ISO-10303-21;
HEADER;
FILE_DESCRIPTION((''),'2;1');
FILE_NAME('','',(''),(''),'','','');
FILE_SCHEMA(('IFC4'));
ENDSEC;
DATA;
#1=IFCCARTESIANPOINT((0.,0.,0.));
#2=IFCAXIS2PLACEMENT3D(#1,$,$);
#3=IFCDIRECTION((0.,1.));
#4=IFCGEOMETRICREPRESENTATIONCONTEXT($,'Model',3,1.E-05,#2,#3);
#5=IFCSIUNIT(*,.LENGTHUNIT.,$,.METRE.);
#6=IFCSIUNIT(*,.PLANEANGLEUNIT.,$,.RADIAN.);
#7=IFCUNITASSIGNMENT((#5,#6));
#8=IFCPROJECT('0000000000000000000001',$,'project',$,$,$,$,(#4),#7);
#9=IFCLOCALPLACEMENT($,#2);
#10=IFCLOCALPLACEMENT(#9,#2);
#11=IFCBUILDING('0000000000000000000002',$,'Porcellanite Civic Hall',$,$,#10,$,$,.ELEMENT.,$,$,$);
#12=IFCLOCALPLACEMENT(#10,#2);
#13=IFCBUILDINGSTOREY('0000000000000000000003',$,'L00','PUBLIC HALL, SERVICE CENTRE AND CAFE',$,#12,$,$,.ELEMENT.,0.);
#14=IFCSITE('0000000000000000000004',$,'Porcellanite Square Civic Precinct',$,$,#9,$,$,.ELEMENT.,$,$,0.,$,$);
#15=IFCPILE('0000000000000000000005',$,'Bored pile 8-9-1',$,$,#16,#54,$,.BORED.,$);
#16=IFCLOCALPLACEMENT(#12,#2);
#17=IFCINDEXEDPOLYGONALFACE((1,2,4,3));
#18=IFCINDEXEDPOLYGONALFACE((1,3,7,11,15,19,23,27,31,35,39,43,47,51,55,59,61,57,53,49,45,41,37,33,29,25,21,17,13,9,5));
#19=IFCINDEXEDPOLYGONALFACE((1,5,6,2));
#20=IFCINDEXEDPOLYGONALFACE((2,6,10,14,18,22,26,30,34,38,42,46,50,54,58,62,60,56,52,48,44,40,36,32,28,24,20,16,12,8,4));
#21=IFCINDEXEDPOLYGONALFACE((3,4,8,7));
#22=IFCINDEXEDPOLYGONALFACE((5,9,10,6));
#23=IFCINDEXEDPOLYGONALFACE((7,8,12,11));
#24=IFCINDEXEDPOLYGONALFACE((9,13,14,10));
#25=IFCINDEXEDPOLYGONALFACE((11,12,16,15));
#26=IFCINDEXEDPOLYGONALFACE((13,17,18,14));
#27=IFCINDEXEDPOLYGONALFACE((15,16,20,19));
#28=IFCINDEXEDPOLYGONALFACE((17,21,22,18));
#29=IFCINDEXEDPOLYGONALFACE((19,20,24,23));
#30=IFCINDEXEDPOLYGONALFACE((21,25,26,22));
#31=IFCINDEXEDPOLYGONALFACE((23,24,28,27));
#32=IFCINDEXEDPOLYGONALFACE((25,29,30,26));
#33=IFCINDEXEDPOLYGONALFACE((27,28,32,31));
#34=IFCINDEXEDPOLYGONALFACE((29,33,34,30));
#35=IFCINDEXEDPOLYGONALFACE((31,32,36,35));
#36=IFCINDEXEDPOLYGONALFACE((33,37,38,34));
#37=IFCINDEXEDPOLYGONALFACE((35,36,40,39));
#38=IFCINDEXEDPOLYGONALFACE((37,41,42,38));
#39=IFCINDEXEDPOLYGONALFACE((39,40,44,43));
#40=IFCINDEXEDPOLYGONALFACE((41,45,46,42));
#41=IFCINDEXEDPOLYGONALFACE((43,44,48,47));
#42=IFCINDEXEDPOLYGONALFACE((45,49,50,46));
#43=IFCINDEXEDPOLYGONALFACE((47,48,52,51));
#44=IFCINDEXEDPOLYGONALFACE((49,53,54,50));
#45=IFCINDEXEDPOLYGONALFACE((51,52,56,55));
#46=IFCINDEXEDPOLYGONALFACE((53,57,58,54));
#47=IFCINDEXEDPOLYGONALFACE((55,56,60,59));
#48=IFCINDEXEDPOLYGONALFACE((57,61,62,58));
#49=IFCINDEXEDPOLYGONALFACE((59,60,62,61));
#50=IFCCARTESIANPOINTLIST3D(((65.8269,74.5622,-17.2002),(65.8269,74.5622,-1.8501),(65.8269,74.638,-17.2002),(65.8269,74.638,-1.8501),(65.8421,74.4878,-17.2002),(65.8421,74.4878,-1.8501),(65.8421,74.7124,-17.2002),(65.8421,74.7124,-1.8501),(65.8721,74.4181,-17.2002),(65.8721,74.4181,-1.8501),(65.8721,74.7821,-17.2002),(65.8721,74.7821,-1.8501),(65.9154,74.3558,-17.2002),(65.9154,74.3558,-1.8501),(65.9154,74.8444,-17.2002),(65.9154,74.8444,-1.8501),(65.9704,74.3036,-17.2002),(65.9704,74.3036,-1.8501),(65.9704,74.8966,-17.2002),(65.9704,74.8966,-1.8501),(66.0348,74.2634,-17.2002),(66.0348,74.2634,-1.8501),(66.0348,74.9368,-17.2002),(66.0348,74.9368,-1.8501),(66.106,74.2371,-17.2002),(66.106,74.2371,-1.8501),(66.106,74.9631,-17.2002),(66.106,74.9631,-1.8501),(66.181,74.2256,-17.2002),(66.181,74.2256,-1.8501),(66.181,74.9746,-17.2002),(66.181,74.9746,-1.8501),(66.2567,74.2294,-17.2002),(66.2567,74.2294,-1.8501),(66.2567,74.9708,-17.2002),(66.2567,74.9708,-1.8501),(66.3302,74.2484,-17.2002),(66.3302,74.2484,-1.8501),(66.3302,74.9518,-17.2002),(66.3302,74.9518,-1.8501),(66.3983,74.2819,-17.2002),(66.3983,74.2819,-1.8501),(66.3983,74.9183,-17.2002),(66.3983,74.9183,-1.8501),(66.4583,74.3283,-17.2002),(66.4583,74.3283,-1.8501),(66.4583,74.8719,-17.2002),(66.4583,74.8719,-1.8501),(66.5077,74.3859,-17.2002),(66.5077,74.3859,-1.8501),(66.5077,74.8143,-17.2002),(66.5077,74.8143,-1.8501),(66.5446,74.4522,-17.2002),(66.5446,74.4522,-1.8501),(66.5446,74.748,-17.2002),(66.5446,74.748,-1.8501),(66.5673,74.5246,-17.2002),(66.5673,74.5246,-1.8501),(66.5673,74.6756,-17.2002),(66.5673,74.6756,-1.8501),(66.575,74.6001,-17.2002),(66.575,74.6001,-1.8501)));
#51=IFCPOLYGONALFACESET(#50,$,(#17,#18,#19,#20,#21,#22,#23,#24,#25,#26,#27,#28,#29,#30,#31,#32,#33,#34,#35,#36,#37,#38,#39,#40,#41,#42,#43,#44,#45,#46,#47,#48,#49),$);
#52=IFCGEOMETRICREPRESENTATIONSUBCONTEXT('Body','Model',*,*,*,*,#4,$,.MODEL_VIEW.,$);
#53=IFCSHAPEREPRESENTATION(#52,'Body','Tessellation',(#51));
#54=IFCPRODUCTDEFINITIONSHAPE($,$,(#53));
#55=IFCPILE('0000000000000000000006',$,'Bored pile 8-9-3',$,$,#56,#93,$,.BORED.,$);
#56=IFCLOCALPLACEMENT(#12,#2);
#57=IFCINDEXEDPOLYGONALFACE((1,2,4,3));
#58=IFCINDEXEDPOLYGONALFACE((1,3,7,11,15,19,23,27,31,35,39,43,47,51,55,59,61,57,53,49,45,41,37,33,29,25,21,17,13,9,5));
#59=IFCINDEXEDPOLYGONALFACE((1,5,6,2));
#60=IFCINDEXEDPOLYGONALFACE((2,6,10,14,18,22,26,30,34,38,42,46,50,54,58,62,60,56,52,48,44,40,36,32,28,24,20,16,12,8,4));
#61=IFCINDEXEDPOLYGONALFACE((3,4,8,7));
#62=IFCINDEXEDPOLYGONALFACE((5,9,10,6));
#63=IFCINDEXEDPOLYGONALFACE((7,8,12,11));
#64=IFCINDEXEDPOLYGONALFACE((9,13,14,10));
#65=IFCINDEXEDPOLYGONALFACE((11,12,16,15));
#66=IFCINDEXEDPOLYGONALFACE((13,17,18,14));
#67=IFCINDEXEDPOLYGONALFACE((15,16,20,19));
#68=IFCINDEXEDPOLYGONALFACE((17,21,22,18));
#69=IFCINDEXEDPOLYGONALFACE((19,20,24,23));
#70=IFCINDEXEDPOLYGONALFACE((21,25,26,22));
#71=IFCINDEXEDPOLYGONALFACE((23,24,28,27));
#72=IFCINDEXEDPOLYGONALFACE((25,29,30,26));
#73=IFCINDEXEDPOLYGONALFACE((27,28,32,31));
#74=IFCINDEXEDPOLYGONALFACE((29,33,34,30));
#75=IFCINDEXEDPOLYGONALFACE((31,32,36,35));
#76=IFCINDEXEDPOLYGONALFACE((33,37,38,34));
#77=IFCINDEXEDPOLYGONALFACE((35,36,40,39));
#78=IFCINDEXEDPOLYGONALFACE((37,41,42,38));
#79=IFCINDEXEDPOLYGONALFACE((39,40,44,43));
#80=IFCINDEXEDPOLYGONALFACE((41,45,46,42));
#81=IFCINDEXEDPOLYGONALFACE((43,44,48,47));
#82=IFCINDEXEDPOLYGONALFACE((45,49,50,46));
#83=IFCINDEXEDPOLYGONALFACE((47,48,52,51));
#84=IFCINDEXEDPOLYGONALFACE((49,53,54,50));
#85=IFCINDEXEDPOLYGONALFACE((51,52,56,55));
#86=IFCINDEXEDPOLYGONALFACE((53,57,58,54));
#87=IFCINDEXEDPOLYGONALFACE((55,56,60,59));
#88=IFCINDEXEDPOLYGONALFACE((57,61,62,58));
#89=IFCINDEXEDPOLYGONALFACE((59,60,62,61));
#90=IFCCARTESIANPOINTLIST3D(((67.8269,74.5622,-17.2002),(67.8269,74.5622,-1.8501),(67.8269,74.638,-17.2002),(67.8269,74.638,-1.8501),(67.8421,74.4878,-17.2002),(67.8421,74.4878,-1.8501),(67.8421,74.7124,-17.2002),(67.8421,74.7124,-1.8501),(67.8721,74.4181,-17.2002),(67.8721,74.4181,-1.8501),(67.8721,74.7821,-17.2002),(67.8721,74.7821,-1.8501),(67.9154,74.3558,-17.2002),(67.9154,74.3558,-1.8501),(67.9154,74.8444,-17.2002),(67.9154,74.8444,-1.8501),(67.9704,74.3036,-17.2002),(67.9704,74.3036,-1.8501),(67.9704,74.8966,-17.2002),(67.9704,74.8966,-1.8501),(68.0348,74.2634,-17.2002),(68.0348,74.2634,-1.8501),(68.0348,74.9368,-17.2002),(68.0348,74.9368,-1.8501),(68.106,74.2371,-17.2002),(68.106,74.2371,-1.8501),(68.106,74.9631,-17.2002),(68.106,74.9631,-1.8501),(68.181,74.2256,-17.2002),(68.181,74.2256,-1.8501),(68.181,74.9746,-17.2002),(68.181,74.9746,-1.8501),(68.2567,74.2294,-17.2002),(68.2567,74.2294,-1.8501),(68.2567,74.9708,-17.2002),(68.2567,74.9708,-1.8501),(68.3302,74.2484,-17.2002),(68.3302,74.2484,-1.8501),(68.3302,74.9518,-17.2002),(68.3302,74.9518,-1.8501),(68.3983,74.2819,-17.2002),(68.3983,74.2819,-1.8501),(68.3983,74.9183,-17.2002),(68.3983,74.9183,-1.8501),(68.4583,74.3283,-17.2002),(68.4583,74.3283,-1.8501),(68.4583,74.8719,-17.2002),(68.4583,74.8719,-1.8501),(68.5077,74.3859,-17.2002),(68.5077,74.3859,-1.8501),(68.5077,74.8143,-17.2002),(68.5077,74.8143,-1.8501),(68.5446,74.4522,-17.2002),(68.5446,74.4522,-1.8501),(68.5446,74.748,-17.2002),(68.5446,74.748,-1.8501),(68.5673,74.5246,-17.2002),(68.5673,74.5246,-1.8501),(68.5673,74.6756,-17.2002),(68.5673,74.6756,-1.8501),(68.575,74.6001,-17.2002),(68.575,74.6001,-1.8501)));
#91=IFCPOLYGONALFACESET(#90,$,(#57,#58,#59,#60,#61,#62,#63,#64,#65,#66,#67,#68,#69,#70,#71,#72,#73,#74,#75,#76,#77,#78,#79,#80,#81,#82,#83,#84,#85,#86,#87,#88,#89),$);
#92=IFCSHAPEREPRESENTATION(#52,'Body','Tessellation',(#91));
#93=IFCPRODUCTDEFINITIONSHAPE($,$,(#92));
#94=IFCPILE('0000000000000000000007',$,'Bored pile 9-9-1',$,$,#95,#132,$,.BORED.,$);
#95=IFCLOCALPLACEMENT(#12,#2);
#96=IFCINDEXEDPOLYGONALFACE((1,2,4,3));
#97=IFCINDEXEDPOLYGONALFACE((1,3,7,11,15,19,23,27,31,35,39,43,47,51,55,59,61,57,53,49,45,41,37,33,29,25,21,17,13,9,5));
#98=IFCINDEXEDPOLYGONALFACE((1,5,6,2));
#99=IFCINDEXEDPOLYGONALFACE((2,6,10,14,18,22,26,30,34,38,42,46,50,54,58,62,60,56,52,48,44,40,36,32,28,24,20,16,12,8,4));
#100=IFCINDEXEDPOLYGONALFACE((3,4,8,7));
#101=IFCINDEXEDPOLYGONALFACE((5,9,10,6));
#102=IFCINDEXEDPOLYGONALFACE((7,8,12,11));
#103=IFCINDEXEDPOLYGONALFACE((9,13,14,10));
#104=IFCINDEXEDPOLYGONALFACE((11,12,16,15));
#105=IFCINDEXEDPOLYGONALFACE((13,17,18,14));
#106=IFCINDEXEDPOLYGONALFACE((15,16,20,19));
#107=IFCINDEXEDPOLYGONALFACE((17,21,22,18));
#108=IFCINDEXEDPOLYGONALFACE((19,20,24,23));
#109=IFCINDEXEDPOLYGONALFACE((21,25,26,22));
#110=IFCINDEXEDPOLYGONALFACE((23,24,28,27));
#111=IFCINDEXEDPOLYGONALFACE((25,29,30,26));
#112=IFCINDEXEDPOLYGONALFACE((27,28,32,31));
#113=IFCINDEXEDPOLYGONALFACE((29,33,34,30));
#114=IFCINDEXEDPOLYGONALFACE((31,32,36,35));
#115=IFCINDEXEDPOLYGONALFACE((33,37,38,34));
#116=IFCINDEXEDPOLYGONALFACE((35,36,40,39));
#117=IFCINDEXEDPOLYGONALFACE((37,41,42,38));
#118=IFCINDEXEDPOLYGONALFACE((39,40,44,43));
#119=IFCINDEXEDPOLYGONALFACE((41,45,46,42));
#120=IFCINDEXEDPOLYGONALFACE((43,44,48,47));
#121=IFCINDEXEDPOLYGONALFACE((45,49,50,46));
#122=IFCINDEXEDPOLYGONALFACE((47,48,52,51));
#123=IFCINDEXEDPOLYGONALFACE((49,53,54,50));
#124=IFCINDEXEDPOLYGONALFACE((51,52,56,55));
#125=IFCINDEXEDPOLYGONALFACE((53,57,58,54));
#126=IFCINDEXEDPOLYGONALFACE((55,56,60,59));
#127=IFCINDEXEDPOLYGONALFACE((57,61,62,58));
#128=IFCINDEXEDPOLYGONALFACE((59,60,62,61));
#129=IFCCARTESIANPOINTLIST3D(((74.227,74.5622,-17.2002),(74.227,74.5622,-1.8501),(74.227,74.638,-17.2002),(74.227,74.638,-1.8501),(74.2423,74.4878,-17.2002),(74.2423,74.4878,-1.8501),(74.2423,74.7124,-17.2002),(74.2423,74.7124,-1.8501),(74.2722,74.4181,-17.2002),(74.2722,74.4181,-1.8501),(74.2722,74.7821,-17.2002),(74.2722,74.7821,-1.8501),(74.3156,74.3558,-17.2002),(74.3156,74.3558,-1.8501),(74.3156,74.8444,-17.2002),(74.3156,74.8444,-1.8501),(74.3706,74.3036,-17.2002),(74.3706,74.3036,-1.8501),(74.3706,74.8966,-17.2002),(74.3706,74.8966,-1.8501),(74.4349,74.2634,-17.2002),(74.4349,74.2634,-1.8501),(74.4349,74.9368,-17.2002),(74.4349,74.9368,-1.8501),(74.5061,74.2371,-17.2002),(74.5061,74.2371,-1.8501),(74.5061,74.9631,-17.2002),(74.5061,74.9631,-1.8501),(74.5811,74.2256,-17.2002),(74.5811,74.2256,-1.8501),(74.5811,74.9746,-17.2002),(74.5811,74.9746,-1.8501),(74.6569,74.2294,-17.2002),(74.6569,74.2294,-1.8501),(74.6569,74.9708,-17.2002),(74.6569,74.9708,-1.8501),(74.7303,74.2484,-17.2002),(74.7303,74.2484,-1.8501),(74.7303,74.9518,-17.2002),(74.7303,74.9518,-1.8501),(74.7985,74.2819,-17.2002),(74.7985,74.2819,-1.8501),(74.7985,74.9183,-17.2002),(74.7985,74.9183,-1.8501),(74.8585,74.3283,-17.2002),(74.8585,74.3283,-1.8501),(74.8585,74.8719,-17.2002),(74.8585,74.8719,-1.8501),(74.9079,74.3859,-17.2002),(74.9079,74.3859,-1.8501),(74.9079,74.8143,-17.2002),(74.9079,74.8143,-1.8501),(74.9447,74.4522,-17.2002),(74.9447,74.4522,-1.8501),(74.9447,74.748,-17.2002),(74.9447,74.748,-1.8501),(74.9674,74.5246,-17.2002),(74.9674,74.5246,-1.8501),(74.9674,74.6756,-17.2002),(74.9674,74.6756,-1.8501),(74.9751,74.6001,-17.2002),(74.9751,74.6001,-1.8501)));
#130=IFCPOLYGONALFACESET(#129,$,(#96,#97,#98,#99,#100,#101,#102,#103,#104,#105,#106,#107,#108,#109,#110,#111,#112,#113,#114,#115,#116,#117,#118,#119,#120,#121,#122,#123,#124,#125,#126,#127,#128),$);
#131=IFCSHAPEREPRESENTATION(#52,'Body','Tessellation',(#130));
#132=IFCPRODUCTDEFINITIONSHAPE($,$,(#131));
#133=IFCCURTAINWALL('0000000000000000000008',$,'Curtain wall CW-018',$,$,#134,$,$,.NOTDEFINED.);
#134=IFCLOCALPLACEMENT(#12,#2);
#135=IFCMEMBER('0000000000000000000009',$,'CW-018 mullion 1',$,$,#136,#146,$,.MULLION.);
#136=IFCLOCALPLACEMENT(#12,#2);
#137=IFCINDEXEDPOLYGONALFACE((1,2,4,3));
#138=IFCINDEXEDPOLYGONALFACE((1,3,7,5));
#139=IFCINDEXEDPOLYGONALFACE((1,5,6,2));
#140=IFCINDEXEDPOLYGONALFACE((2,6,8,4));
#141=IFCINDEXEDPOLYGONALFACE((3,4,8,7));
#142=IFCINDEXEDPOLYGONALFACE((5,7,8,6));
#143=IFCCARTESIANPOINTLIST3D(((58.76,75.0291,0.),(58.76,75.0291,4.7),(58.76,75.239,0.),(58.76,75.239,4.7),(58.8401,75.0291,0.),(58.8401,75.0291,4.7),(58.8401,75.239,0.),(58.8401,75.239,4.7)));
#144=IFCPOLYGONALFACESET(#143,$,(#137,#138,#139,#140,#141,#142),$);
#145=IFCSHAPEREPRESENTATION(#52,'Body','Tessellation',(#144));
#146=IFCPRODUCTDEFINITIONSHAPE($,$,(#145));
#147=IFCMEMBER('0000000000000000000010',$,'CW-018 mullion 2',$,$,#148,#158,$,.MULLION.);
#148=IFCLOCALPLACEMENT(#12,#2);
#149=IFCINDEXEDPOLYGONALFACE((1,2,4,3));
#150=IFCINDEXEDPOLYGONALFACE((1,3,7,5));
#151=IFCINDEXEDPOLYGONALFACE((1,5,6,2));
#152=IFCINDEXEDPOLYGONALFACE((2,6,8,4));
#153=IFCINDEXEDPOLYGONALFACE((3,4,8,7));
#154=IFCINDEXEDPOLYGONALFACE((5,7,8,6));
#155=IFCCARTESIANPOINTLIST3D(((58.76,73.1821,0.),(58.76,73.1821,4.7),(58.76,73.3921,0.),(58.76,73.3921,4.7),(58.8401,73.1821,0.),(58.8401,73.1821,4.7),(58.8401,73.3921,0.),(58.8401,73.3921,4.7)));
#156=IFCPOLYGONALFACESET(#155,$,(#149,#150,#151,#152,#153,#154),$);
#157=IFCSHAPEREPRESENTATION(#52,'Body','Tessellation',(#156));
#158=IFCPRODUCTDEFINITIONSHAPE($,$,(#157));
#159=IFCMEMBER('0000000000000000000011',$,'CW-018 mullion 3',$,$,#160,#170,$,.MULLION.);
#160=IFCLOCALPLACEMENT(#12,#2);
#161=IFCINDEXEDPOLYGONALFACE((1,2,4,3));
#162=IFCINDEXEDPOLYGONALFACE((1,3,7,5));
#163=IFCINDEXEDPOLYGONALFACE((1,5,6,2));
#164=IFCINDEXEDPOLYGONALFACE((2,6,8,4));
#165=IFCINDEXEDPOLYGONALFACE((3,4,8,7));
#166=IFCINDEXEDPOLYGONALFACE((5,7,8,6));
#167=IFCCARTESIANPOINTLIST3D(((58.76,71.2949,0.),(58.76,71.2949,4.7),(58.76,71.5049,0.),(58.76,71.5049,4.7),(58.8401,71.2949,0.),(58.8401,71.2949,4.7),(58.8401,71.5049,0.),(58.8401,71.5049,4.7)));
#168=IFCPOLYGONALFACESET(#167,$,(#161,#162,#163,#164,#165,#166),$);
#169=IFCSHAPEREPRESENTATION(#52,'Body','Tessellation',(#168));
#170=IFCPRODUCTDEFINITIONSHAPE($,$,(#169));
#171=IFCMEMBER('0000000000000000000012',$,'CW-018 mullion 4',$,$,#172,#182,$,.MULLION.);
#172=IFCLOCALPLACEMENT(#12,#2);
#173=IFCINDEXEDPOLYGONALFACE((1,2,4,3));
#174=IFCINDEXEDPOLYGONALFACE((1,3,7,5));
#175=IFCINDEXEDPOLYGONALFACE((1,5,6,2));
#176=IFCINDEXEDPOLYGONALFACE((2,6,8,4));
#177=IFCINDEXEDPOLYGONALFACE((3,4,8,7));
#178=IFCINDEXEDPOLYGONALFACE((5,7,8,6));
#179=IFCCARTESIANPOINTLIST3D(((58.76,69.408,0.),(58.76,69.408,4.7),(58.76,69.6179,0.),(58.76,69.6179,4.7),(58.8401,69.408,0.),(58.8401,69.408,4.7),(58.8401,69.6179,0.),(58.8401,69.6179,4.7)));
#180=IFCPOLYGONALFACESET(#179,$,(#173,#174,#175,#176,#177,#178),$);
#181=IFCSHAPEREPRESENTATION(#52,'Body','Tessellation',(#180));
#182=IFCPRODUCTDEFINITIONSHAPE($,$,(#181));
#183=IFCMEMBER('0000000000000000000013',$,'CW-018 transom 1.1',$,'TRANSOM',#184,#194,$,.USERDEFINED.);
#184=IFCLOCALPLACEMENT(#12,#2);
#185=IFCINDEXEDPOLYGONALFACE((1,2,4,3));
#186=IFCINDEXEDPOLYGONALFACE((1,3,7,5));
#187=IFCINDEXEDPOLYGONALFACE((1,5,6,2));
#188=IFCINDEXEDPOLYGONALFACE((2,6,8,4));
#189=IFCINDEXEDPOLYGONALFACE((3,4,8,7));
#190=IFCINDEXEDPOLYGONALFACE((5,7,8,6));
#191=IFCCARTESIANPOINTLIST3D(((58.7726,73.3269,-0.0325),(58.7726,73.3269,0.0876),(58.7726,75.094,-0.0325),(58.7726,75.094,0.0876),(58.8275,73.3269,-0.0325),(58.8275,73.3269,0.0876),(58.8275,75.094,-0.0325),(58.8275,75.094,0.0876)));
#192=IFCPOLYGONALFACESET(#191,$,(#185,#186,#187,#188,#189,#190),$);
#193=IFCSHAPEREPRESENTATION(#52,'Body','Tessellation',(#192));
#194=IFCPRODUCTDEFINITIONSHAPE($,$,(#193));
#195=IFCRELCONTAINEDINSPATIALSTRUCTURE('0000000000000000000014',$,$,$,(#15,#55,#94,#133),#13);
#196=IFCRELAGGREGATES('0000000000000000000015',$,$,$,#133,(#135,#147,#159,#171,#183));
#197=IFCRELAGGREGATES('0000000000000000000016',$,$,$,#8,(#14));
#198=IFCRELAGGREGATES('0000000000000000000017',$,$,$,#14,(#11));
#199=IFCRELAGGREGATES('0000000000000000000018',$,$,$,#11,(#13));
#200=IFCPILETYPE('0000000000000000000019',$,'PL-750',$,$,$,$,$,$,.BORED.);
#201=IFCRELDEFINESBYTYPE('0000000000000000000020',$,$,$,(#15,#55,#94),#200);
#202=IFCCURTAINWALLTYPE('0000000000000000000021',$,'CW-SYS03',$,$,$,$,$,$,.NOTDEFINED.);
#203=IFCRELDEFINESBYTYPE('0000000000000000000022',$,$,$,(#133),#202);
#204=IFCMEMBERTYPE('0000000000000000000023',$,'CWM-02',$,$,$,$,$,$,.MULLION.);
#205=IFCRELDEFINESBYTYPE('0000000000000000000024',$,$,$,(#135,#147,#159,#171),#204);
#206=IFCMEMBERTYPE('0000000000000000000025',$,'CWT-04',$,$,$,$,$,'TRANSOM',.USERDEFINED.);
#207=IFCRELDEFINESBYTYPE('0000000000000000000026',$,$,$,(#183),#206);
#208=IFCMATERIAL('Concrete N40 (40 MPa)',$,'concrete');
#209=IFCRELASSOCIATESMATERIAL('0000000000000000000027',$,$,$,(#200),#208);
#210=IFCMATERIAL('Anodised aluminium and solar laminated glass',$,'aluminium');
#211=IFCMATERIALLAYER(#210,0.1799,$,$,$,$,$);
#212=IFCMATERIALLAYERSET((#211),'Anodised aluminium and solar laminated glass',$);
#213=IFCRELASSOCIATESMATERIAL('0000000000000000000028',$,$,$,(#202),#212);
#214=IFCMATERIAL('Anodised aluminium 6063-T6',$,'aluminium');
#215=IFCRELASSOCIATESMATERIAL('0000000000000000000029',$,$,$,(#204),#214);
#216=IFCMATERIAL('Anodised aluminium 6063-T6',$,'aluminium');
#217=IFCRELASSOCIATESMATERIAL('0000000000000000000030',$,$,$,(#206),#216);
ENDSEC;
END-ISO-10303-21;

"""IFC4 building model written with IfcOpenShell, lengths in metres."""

from ifc_helpers import new_model, si_unit, direction, frame, origin, origin_2d, place, context, subcontext, project, spatial, rectangle, circle, extrude, material, layer, layer_set, material_profile, profile_set, type_object, element, aggregate, save


model = new_model("IFC4")

# Units and contexts
model_context = context("Model", 3, precision=1e-05, world=origin(), true_north=direction((0.0, 1.0)))
body_context = subcontext(model_context, "Body", "Model", "MODEL_VIEW")
ifc_project = project(units=[si_unit("LENGTHUNIT", "METRE"), si_unit("PLANEANGLEUNIT", "RADIAN")], contexts=[model_context])

# Site, building, storey
site_placement = place(None, origin())
site = spatial("IfcSite", under=ifc_project, at=site_placement, Name="Porcellanite Square Civic Precinct", CompositionType="ELEMENT", RefElevation=0.0)
building_placement = place(site_placement, origin())
building = spatial("IfcBuilding", under=site, at=building_placement, Name="Porcellanite Civic Hall", CompositionType="ELEMENT")
storey_placement = place(building_placement, origin())
storey = spatial("IfcBuildingStorey", under=building, at=storey_placement, Name="L00", Description="PUBLIC HALL, SERVICE CENTRE AND CAFE", CompositionType="ELEMENT", Elevation=0.0)

# Piles
ifc_material_1 = material(Name="Concrete N40 (40 MPa)", Category="concrete")
ifc_material_profile_1 = material_profile(ifc_material_1, circle(Radius=0.375, at=origin_2d()), Name="PILE-D750")
ifc_profile_set_1 = profile_set([ifc_material_profile_1], Name="Concrete N40 (40 MPa)")
pile_type = type_object("IfcPileType", Name="PL-750", PredefinedType="BORED", material=ifc_profile_set_1)
for number, where, z_axis, x_axis, name in (
    (1, (66.2, 74.6001, -1.8501), (0.0, 0.0, -1.0), (1.0, 0.0, 0.0), "Bored pile 8-9-1"),
    (2, (68.2, 74.6001, -1.8501), (0.0, 0.0, -1.0), (1.0, 0.0, 0.0), "Bored pile 8-9-3"),
    (3, (74.6001, 74.6001, -1.8501), (0.0, 0.0, -1.0), (1.0, 0.0, 0.0), "Bored pile 9-9-1"),
):
    element("IfcPile", number, at=place(storey_placement, frame(where, z_axis=z_axis, x_axis=x_axis)), inside=storey, type_object=pile_type, Name=name, PredefinedType="BORED", context=body_context, shape_type="SweptSolid", body=[
        extrude(circle(Radius=0.375, at=origin_2d()), origin(), (0.0, 0.0, 1.0), 15.3501),
    ])

# Curtain wall, members
ifc_material_2 = material(Name="Anodised aluminium and solar laminated glass", Category="aluminium")
ifc_layer_1 = layer(ifc_material_2, 0.1799)
ifc_layer_set_1 = layer_set([ifc_layer_1], Name="Anodised aluminium and solar laminated glass")
curtain_wall_type = type_object("IfcCurtainWallType", Name="CW-SYS03", PredefinedType="NOTDEFINED", material=ifc_layer_set_1)
curtain_wall_placement = place(storey_placement, origin())
curtain_wall = element("IfcCurtainWall", 4, at=curtain_wall_placement, inside=storey, type_object=curtain_wall_type, Name="Curtain wall CW-018", PredefinedType="NOTDEFINED")
ifc_material_3 = material(Name="Anodised aluminium 6063-T6", Category="aluminium")
ifc_material_profile_2 = material_profile(ifc_material_3, rectangle(XDim=0.0801, YDim=0.21, at=origin_2d()), Name="AL-80x210")
ifc_profile_set_2 = profile_set([ifc_material_profile_2], Name="Anodised aluminium 6063-T6")
member_type_1 = type_object("IfcMemberType", Name="CWM-02", PredefinedType="MULLION", material=ifc_profile_set_2)
member_1_placement = place(storey_placement, frame((58.8, 75.134, 0.0), z_axis=(0.0, 0.0, 1.0), x_axis=(1.0, 0.0, 0.0)))
member_1 = element("IfcMember", 5, at=member_1_placement, type_object=member_type_1, Name="CW-018 mullion 1", PredefinedType="MULLION", context=body_context, shape_type="SweptSolid", body=[
    extrude(rectangle(XDim=0.0801, YDim=0.21, at=origin_2d()), origin(), (0.0, 0.0, 1.0), 4.7),
])
member_2_placement = place(storey_placement, frame((58.8, 73.2871, 0.0), z_axis=(0.0, 0.0, 1.0), x_axis=(1.0, 0.0, 0.0)))
member_2 = element("IfcMember", 6, at=member_2_placement, type_object=member_type_1, Name="CW-018 mullion 2", PredefinedType="MULLION", context=body_context, shape_type="SweptSolid", body=[
    extrude(rectangle(XDim=0.0801, YDim=0.21, at=origin_2d()), origin(), (0.0, 0.0, 1.0), 4.7),
])
member_3_placement = place(storey_placement, frame((58.8, 71.3999, 0.0), z_axis=(0.0, 0.0, 1.0), x_axis=(1.0, 0.0, 0.0)))
member_3 = element("IfcMember", 7, at=member_3_placement, type_object=member_type_1, Name="CW-018 mullion 3", PredefinedType="MULLION", context=body_context, shape_type="SweptSolid", body=[
    extrude(rectangle(XDim=0.0801, YDim=0.21, at=origin_2d()), origin(), (0.0, 0.0, 1.0), 4.7),
])
member_4_placement = place(storey_placement, frame((58.8, 69.5129, 0.0), z_axis=(0.0, 0.0, 1.0), x_axis=(1.0, 0.0, 0.0)))
member_4 = element("IfcMember", 8, at=member_4_placement, type_object=member_type_1, Name="CW-018 mullion 4", PredefinedType="MULLION", context=body_context, shape_type="SweptSolid", body=[
    extrude(rectangle(XDim=0.0801, YDim=0.21, at=origin_2d()), origin(), (0.0, 0.0, 1.0), 4.7),
])
ifc_material_4 = material(Name="Anodised aluminium 6063-T6", Category="aluminium")
ifc_material_profile_3 = material_profile(ifc_material_4, rectangle(XDim=0.0549, YDim=0.1201, at=origin_2d()), Name="AL-55x120")
ifc_profile_set_3 = profile_set([ifc_material_profile_3], Name="Anodised aluminium 6063-T6")
member_type_2 = type_object("IfcMemberType", Name="CWT-04", ElementType="TRANSOM", PredefinedType="USERDEFINED", material=ifc_profile_set_3)
member_5_placement = place(storey_placement, frame((58.8, 75.094, 0.0276), z_axis=(0.0, -1.0, 0.0), x_axis=(1.0, 0.0, 0.0)))
member_5 = element("IfcMember", 9, at=member_5_placement, type_object=member_type_2, Name="CW-018 transom 1.1", ObjectType="TRANSOM", PredefinedType="USERDEFINED", context=body_context, shape_type="SweptSolid", body=[
    extrude(rectangle(XDim=0.0549, YDim=0.1201, at=origin_2d()), origin(), (0.0, 0.0, 1.0), 1.7671),
])

aggregate(curtain_wall, [member_1, member_2, member_3, member_4, member_5])

save(model, "model.ifc")
